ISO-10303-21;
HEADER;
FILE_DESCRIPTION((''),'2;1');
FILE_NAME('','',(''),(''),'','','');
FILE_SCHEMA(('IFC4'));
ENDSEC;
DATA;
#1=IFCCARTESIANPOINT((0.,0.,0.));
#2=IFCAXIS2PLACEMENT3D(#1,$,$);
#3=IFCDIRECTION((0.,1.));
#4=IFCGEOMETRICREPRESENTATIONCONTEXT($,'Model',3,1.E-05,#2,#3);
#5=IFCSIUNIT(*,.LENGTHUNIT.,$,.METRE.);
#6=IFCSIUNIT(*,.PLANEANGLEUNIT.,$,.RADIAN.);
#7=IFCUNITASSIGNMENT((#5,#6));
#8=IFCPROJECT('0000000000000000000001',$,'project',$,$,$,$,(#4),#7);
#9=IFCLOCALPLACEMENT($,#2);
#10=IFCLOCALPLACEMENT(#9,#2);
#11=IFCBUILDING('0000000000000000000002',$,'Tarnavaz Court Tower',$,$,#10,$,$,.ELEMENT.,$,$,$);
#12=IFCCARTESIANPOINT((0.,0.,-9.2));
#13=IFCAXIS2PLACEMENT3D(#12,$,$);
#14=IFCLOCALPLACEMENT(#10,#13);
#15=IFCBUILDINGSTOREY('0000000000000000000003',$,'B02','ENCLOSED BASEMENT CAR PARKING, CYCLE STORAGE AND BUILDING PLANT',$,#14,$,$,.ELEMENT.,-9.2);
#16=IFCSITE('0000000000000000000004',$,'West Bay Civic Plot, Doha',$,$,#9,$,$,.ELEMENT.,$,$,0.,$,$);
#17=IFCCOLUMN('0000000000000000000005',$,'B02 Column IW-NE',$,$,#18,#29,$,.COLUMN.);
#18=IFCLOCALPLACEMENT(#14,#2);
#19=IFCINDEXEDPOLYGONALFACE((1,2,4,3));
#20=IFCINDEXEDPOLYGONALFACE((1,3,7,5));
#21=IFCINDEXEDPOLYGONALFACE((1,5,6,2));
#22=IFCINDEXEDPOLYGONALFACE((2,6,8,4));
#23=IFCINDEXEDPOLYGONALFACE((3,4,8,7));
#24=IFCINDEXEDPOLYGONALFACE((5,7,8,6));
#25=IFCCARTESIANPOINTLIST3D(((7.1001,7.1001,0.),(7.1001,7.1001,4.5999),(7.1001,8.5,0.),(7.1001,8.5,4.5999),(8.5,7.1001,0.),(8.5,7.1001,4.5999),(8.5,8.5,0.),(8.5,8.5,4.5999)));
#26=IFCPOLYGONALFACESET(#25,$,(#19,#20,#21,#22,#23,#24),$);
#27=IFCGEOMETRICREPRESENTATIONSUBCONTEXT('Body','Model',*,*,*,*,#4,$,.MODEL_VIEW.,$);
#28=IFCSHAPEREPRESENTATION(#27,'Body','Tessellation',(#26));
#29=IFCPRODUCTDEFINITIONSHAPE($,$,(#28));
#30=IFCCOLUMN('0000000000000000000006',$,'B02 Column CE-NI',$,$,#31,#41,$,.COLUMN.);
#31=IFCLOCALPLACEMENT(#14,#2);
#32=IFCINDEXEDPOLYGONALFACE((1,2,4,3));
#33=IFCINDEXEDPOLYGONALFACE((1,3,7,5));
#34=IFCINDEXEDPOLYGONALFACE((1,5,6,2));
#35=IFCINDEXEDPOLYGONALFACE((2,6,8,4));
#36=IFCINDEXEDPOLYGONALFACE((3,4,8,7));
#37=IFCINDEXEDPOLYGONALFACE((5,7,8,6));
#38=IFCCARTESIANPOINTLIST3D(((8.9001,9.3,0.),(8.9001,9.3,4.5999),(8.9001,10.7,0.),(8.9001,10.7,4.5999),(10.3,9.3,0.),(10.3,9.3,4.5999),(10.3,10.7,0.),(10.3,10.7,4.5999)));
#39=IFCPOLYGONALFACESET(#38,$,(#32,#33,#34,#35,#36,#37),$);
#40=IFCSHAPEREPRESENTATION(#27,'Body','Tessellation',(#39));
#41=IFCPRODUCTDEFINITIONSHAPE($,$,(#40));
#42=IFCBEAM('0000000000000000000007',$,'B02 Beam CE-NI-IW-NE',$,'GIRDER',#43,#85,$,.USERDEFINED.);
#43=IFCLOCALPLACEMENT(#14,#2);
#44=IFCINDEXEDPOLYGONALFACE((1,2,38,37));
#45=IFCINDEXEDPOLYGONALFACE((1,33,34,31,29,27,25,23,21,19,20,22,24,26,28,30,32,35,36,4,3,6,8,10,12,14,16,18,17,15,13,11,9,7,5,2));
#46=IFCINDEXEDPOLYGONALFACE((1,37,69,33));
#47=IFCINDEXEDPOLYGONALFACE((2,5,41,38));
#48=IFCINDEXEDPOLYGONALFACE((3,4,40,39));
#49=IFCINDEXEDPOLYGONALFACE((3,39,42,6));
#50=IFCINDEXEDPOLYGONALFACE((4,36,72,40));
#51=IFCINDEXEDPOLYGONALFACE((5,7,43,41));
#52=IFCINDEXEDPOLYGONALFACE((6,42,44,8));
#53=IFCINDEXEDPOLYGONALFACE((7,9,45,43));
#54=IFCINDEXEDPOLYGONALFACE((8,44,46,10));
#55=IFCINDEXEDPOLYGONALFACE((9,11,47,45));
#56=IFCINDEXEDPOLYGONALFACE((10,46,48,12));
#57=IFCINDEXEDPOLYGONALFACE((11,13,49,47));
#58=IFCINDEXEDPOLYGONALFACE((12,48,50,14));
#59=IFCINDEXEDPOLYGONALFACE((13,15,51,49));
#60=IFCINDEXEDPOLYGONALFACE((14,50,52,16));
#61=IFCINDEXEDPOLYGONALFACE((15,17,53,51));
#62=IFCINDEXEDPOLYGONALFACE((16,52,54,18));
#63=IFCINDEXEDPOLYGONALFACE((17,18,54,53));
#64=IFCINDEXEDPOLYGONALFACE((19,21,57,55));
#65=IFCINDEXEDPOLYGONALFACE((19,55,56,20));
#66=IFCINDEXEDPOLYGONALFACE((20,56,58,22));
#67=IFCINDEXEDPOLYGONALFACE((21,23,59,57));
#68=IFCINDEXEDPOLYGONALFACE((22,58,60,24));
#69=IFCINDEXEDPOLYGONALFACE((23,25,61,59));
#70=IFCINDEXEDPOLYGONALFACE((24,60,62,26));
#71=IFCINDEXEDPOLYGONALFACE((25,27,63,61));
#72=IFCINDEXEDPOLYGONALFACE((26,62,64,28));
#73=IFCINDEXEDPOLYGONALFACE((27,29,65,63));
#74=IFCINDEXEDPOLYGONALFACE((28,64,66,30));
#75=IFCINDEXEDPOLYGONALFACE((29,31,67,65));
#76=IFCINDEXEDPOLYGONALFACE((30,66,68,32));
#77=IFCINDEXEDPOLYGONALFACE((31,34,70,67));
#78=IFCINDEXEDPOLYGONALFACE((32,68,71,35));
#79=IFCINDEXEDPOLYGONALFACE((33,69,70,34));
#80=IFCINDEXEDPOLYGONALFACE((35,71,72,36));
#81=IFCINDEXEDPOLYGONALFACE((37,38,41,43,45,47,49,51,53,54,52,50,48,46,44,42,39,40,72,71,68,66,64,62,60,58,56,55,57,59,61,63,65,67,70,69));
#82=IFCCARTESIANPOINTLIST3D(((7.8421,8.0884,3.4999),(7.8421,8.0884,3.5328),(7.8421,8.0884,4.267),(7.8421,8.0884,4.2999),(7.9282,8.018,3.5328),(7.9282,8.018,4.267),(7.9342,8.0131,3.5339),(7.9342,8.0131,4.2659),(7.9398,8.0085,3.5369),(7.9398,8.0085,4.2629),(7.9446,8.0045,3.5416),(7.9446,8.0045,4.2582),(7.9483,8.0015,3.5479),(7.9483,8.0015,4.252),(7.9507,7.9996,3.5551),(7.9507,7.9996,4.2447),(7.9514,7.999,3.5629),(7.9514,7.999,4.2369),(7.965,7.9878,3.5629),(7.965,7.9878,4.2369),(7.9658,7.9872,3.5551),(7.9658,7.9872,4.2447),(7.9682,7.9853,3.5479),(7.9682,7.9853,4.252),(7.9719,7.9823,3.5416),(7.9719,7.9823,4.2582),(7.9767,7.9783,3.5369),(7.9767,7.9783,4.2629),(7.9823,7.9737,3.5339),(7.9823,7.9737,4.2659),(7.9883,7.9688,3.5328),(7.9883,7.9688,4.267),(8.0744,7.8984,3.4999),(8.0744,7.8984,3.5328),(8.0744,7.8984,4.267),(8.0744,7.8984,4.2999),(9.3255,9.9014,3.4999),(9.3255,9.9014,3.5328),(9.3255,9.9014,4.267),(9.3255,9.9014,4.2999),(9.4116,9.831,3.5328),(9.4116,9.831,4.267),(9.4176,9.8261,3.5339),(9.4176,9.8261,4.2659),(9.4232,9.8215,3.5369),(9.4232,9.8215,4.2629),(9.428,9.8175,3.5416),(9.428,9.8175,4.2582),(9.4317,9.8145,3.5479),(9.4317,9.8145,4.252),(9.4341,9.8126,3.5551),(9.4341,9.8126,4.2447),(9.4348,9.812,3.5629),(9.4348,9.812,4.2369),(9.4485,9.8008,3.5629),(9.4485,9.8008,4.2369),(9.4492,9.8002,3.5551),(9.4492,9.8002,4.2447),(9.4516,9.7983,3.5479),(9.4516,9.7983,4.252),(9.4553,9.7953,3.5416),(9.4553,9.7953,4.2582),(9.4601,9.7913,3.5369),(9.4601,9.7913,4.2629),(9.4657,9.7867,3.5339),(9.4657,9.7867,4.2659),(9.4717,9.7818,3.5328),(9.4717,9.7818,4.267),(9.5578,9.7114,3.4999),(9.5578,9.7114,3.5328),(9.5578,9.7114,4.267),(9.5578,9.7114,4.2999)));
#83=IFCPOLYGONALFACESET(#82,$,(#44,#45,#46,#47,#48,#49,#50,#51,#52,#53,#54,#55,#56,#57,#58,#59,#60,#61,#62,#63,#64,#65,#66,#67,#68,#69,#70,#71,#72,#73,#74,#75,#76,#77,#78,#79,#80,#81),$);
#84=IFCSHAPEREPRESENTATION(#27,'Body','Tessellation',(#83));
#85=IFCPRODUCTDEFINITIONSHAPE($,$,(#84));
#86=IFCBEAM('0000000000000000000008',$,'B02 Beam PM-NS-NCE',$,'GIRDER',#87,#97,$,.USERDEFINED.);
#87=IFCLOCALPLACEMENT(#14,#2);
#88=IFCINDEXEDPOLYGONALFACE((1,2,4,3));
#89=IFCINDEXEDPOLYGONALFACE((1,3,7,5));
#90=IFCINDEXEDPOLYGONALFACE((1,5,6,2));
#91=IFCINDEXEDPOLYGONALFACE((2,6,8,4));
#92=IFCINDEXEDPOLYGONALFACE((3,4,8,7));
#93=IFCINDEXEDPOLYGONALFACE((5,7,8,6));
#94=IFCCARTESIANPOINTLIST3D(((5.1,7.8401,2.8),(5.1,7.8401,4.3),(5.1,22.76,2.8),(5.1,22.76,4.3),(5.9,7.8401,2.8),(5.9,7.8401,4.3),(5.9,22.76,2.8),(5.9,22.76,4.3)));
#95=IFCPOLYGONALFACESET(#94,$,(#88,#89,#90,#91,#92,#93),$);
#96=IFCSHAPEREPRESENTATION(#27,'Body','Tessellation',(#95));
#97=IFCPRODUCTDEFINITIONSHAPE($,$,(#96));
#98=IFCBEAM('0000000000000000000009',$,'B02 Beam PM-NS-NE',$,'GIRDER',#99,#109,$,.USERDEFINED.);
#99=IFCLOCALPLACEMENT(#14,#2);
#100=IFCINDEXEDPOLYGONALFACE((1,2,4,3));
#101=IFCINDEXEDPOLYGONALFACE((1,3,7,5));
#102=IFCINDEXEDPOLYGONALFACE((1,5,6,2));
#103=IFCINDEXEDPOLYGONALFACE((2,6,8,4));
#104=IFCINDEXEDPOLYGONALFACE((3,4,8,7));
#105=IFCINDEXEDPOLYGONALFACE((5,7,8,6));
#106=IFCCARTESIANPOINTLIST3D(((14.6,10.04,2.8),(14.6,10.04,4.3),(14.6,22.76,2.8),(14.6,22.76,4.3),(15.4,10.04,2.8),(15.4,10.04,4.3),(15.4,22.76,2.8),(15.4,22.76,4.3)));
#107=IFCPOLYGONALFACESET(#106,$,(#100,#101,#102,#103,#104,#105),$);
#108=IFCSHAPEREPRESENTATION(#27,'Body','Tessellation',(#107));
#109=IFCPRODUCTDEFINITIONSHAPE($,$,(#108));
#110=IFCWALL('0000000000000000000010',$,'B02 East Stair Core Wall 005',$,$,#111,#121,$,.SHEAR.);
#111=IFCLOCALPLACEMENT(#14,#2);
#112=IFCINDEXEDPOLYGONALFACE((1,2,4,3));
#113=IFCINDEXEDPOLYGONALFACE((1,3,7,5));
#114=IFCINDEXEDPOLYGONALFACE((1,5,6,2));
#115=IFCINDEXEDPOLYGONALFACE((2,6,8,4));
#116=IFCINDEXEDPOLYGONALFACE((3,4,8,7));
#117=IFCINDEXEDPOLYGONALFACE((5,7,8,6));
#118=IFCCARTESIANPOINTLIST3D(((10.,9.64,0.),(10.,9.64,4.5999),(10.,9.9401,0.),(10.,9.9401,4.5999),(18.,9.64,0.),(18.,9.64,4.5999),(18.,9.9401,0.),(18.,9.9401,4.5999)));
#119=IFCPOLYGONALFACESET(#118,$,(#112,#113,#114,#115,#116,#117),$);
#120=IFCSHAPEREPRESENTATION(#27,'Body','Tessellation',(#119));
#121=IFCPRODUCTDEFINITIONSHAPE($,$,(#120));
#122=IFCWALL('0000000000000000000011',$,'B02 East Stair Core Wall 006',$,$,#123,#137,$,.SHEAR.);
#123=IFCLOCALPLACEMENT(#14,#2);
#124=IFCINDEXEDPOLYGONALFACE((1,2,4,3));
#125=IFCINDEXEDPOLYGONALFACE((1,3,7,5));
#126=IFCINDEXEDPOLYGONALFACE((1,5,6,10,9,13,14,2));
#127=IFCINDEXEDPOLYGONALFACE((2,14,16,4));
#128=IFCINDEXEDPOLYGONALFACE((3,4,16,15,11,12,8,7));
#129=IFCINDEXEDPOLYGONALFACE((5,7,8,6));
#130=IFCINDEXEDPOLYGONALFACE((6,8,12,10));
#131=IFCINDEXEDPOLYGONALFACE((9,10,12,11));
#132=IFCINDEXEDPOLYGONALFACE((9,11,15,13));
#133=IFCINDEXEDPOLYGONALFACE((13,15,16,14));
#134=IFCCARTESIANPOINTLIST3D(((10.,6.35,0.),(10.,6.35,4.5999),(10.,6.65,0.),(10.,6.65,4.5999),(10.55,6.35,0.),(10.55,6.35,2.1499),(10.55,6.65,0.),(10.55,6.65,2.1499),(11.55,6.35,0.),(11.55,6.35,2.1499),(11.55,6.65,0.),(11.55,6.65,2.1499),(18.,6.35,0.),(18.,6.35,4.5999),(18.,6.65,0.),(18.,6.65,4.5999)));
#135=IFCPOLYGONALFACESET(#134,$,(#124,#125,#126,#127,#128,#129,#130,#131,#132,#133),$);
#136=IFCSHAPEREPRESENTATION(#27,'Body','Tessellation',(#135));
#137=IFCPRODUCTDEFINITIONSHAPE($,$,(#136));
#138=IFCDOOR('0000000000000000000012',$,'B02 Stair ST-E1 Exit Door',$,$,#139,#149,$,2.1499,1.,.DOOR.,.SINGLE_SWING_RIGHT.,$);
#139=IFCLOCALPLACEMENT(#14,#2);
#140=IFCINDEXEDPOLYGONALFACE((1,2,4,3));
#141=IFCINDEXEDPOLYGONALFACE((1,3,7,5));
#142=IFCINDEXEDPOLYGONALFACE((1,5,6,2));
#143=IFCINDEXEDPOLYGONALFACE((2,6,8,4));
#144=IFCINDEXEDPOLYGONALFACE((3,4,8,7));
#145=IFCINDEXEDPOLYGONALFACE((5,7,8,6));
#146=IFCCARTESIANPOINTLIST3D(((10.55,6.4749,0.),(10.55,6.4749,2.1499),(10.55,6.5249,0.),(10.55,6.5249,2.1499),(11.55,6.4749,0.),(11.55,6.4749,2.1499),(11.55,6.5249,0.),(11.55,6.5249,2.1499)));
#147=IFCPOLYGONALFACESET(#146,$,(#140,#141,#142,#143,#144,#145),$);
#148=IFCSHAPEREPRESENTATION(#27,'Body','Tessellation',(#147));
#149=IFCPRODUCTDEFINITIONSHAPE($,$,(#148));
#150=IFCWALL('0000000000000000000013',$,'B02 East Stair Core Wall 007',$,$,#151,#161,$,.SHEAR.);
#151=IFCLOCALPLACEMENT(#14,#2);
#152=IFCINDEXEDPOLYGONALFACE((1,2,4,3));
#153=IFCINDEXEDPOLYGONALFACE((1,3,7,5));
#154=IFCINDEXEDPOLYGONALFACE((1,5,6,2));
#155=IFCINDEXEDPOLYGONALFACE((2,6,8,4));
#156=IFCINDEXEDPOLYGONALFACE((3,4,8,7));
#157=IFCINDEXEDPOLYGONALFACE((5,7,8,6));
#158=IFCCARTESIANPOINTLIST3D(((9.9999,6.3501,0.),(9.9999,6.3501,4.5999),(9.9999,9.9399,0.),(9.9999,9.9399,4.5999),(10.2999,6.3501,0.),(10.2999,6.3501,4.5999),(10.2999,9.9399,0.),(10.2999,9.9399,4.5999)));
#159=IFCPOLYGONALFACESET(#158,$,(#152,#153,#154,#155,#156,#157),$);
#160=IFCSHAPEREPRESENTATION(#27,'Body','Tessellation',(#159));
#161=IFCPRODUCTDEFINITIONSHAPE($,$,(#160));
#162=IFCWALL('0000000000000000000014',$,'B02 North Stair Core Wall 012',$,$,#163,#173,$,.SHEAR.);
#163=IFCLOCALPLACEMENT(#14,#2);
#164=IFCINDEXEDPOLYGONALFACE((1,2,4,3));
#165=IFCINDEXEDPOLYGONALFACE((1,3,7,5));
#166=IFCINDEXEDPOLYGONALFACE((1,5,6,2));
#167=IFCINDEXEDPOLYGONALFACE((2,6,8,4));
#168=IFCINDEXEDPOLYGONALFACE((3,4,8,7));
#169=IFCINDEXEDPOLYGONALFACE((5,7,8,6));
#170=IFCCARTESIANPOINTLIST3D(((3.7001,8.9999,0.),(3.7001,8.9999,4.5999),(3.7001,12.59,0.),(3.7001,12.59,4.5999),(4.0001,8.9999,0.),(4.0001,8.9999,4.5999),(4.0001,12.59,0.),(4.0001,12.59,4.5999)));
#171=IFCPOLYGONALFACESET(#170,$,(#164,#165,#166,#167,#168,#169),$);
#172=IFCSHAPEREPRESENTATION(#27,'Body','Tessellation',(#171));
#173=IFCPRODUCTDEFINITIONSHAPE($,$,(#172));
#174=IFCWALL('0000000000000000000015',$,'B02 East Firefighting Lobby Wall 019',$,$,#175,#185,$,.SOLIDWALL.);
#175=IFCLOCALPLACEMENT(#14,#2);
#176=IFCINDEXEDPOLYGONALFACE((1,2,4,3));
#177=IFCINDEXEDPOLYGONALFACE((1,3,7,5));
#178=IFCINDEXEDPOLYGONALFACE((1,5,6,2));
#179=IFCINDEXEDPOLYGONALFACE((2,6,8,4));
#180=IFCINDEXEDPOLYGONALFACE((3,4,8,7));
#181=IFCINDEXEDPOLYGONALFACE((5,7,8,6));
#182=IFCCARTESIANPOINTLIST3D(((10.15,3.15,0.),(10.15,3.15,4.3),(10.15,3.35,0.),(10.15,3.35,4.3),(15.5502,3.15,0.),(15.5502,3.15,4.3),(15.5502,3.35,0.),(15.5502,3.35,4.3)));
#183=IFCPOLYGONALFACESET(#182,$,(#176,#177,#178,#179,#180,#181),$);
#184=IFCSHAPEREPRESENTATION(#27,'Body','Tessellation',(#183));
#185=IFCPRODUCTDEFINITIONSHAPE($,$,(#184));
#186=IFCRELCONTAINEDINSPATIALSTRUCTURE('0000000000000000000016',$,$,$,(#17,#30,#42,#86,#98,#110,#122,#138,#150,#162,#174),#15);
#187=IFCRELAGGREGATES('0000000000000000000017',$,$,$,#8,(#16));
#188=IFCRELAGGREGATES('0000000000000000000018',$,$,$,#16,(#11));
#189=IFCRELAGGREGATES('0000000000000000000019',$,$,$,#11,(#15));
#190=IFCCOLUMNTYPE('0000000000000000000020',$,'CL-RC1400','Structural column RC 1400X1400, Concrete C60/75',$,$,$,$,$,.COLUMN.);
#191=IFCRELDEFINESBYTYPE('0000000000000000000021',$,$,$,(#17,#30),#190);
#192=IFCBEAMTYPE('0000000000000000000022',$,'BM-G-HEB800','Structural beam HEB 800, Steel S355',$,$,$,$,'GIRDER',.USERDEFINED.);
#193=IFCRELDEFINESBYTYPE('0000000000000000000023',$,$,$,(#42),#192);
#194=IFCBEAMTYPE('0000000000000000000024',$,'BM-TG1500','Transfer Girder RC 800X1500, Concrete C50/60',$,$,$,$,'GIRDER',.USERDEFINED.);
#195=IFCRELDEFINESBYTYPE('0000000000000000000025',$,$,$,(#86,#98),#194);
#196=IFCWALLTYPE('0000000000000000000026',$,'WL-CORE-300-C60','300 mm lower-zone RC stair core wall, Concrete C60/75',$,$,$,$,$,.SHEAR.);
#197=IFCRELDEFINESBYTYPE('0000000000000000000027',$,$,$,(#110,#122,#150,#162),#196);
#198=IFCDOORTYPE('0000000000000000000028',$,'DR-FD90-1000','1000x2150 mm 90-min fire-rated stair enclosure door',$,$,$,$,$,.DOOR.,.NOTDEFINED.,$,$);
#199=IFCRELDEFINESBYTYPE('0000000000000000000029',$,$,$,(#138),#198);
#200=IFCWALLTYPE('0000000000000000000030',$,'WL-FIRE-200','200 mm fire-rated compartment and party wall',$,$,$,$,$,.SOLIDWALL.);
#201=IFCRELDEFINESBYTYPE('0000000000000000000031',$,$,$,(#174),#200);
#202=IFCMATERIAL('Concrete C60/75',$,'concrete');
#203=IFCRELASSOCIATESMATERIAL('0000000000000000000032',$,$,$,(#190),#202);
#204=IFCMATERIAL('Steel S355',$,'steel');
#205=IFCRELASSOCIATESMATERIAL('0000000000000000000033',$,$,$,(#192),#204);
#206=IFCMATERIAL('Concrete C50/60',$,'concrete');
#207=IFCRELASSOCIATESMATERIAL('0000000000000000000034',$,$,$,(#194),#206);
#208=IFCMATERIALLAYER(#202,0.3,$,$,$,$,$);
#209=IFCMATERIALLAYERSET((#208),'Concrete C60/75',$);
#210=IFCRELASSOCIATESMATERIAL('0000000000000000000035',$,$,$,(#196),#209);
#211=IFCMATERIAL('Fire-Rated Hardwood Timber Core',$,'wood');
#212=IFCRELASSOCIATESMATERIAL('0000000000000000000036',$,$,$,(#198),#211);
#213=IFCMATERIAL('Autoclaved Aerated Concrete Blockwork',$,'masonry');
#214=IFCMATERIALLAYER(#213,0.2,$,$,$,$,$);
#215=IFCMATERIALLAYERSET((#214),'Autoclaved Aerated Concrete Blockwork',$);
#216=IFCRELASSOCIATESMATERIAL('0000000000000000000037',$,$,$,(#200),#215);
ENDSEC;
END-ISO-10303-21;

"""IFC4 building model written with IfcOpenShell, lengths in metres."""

from ifc_helpers import new_model, si_unit, direction, frame, frame_2d, origin, origin_2d, place, context, subcontext, project, spatial, rectangle, i_section, extrude, material, layer, layer_set, material_profile, profile_set, type_object, element, fill, save


model = new_model("IFC4")

# Units and contexts
model_context = context("Model", 3, precision=1e-05, world=origin(), true_north=direction((0.0, 1.0)))
body_context = subcontext(model_context, "Body", "Model", "MODEL_VIEW")
ifc_project = project(units=[si_unit("LENGTHUNIT", "METRE"), si_unit("PLANEANGLEUNIT", "RADIAN")], contexts=[model_context])

# Site, building, storey
site_placement = place(None, origin())
site = spatial("IfcSite", under=ifc_project, at=site_placement, Name="West Bay Civic Plot, Doha", CompositionType="ELEMENT", RefElevation=0.0)
building_placement = place(site_placement, origin())
building = spatial("IfcBuilding", under=site, at=building_placement, Name="Tarnavaz Court Tower", CompositionType="ELEMENT")
storey_placement = place(building_placement, frame((0.0, 0.0, -9.2)))
storey = spatial("IfcBuildingStorey", under=building, at=storey_placement, Name="B02", Description="ENCLOSED BASEMENT CAR PARKING, CYCLE STORAGE AND BUILDING PLANT", CompositionType="ELEMENT", Elevation=-9.2)

# Shared definitions
ifc_material_1 = material(Name="Concrete C50/60", Category="concrete")

# Columns
ifc_material_2 = material(Name="Concrete C60/75", Category="concrete")
ifc_material_profile_1 = material_profile(ifc_material_2, rectangle(XDim=1.3999, YDim=1.3999, at=origin_2d()), Name="RC 1400X1400")
ifc_profile_set_1 = profile_set([ifc_material_profile_1], Name="Concrete C60/75")
column_type = type_object("IfcColumnType", Name="CL-RC1400", Description="Structural column RC 1400X1400, Concrete C60/75", PredefinedType="COLUMN", material=ifc_profile_set_1)
for number, where, z_axis, x_axis, name in (
    (1, (7.8, 7.8, 0.0), (0.0, 0.0, 1.0), (1.0, 0.0, 0.0), "B02 Column IW-NE"),
    (2, (9.6001, 10.0, 0.0), (0.0, 0.0, 1.0), (1.0, 0.0, 0.0), "B02 Column CE-NI"),
):
    element("IfcColumn", number, at=place(storey_placement, frame(where, z_axis=z_axis, x_axis=x_axis)), inside=storey, type_object=column_type, Name=name, PredefinedType="COLUMN", context=body_context, shape_type="SweptSolid", body=[
        extrude(rectangle(XDim=1.3999, YDim=1.3999, at=origin_2d()), origin(), (0.0, 0.0, 1.0), 4.5999),
    ])

# Beams
ifc_material_3 = material(Name="Steel S355", Category="steel")
ifc_material_profile_2 = material_profile(ifc_material_3, i_section(OverallWidth=0.3, OverallDepth=0.8, WebThickness=0.0176, FlangeThickness=0.033, FilletRadius=0.03, at=origin_2d()), Name="HEB 800")
ifc_profile_set_2 = profile_set([ifc_material_profile_2], Name="Steel S355")
beam_type_1 = type_object("IfcBeamType", Name="BM-G-HEB800", Description="Structural beam HEB 800, Steel S355", ElementType="GIRDER", PredefinedType="USERDEFINED", material=ifc_profile_set_2)
beam_1_placement = place(storey_placement, frame((9.4417, 9.8064, 3.8999), z_axis=(-0.633249, -0.773948, 0.0), x_axis=(0.773948, -0.633249, 0.0)))
element("IfcBeam", 3, at=beam_1_placement, inside=storey, type_object=beam_type_1, Name="B02 Beam CE-NI-IW-NE", ObjectType="GIRDER", PredefinedType="USERDEFINED", context=body_context, shape_type="SweptSolid", body=[
    extrude(i_section(OverallWidth=0.3, OverallDepth=0.8, WebThickness=0.0176, FlangeThickness=0.033, FilletRadius=0.03, at=origin_2d()), origin(), (0.0, 0.0, 1.0), 2.3425),
])
ifc_material_profile_3 = material_profile(ifc_material_1, rectangle(XDim=0.8, YDim=1.5, at=origin_2d()), Name="RC 800X1500")
ifc_profile_set_3 = profile_set([ifc_material_profile_3], Name="Concrete C50/60")
beam_type_2 = type_object("IfcBeamType", Name="BM-TG1500", Description="Transfer Girder RC 800X1500, Concrete C50/60", ElementType="GIRDER", PredefinedType="USERDEFINED", material=ifc_profile_set_3)
beam_2_placement = place(storey_placement, frame((5.5, 7.8401, 3.55), z_axis=(0.0, 1.0, 0.0), x_axis=(-1.0, 0.0, 0.0)))
element("IfcBeam", 4, at=beam_2_placement, inside=storey, type_object=beam_type_2, Name="B02 Beam PM-NS-NCE", ObjectType="GIRDER", PredefinedType="USERDEFINED", context=body_context, shape_type="SweptSolid", body=[
    extrude(rectangle(XDim=0.8, YDim=1.5, at=origin_2d()), origin(), (0.0, 0.0, 1.0), 14.9199),
])
beam_3_placement = place(storey_placement, frame((15.0, 10.04, 3.55), z_axis=(0.0, 1.0, 0.0), x_axis=(-1.0, 0.0, 0.0)))
element("IfcBeam", 5, at=beam_3_placement, inside=storey, type_object=beam_type_2, Name="B02 Beam PM-NS-NE", ObjectType="GIRDER", PredefinedType="USERDEFINED", context=body_context, shape_type="SweptSolid", body=[
    extrude(rectangle(XDim=0.8, YDim=1.5, at=origin_2d()), origin(), (0.0, 0.0, 1.0), 12.72),
])

# Wall
ifc_layer_1 = layer(ifc_material_2, 0.3)
ifc_layer_set_1 = layer_set([ifc_layer_1], Name="Concrete C60/75")
wall_type_1 = type_object("IfcWallType", Name="WL-CORE-300-C60", Description="300 mm lower-zone RC stair core wall, Concrete C60/75", PredefinedType="SHEAR", material=ifc_layer_set_1)
wall_1_placement = place(storey_placement, frame((10.0, 9.79, 0.0), z_axis=(0.0, 0.0, 1.0), x_axis=(1.0, 0.0, 0.0)))
element("IfcWall", 6, at=wall_1_placement, inside=storey, type_object=wall_type_1, Name="B02 East Stair Core Wall 005", PredefinedType="SHEAR", context=body_context, shape_type="SweptSolid", body=[
    extrude(rectangle(XDim=8.0, YDim=0.3, at=frame_2d((4.0, 0.0))), origin(), (0.0, 0.0, 1.0), 4.5999),
])

# Wall, opening, door
wall_2_placement = place(storey_placement, frame((10.0, 6.5, 0.0), z_axis=(0.0, 0.0, 1.0), x_axis=(1.0, 0.0, 0.0)))
wall_2 = element("IfcWall", 7, at=wall_2_placement, inside=storey, type_object=wall_type_1, Name="B02 East Stair Core Wall 006", PredefinedType="SHEAR", context=body_context, shape_type="SweptSolid", body=[
    extrude(rectangle(XDim=8.0, YDim=0.3, at=frame_2d((4.0, 0.0))), origin(), (0.0, 0.0, 1.0), 4.5999),
])
opening_1_placement = place(wall_2_placement, frame((0.55, 0.0, 0.0)))
opening_1 = element("IfcOpeningElement", 8, at=opening_1_placement, cuts=wall_2, PredefinedType="OPENING", context=body_context, shape_type="SweptSolid", body=[
    extrude(rectangle(XDim=1.0, YDim=2.1499, at=frame_2d((0.5, 1.075))), frame((0.0, 0.1599, 0.0), z_axis=(0.0, -1.0, 0.0), x_axis=(1.0, 0.0, 0.0)), (0.0, 0.0, 1.0), 0.3201),
])
ifc_material_4 = material(Name="Fire-Rated Hardwood Timber Core", Category="wood")
door_type_1 = type_object("IfcDoorType", Name="DR-FD90-1000", Description="1000x2150 mm 90-min fire-rated stair enclosure door", OperationType="NOTDEFINED", PredefinedType="DOOR", material=ifc_material_4)
door_1_placement = place(opening_1_placement, origin())
door_1 = element("IfcDoor", 9, at=door_1_placement, inside=storey, type_object=door_type_1, Name="B02 Stair ST-E1 Exit Door", OperationType="SINGLE_SWING_RIGHT", OverallHeight=2.1499, OverallWidth=1.0, PredefinedType="DOOR", context=body_context, shape_type="SweptSolid", body=[
    extrude(rectangle(XDim=1.0, YDim=2.1499, at=frame_2d((0.5, 1.075))), frame((0.0, 0.0249, 0.0), z_axis=(0.0, -1.0, 0.0), x_axis=(1.0, 0.0, 0.0)), (0.0, 0.0, 1.0), 0.05),
])
fill(opening_1, door_1)

# Walls
wall_3_placement = place(storey_placement, frame((10.1499, 6.3501, 0.0), z_axis=(0.0, 0.0, 1.0), x_axis=(0.0, 1.0, 0.0)))
element("IfcWall", 10, at=wall_3_placement, inside=storey, type_object=wall_type_1, Name="B02 East Stair Core Wall 007", PredefinedType="SHEAR", context=body_context, shape_type="SweptSolid", body=[
    extrude(rectangle(XDim=3.5898, YDim=0.3, at=frame_2d((1.7949, 0.0))), origin(), (0.0, 0.0, 1.0), 4.5999),
])
wall_4_placement = place(storey_placement, frame((3.8501, 9.0, 0.0), z_axis=(0.0, 0.0, 1.0), x_axis=(0.0, 1.0, 0.0)))
element("IfcWall", 11, at=wall_4_placement, inside=storey, type_object=wall_type_1, Name="B02 North Stair Core Wall 012", PredefinedType="SHEAR", context=body_context, shape_type="SweptSolid", body=[
    extrude(rectangle(XDim=3.5901, YDim=0.3, at=frame_2d((1.7949, 0.0))), origin(), (0.0, 0.0, 1.0), 4.5999),
])
ifc_material_5 = material(Name="Autoclaved Aerated Concrete Blockwork", Category="masonry")
ifc_layer_2 = layer(ifc_material_5, 0.2)
ifc_layer_set_2 = layer_set([ifc_layer_2], Name="Autoclaved Aerated Concrete Blockwork")
wall_type_2 = type_object("IfcWallType", Name="WL-FIRE-200", Description="200 mm fire-rated compartment and party wall", PredefinedType="SOLIDWALL", material=ifc_layer_set_2)
wall_5_placement = place(storey_placement, frame((10.1499, 3.25, 0.0), z_axis=(0.0, 0.0, 1.0), x_axis=(1.0, 0.0, 0.0)))
element("IfcWall", 12, at=wall_5_placement, inside=storey, type_object=wall_type_2, Name="B02 East Firefighting Lobby Wall 019", PredefinedType="SOLIDWALL", context=body_context, shape_type="SweptSolid", body=[
    extrude(rectangle(XDim=5.4001, YDim=0.2, at=frame_2d((2.7002, 0.0))), origin(), (0.0, 0.0, 1.0), 4.3),
])

save(model, "model.ifc")
